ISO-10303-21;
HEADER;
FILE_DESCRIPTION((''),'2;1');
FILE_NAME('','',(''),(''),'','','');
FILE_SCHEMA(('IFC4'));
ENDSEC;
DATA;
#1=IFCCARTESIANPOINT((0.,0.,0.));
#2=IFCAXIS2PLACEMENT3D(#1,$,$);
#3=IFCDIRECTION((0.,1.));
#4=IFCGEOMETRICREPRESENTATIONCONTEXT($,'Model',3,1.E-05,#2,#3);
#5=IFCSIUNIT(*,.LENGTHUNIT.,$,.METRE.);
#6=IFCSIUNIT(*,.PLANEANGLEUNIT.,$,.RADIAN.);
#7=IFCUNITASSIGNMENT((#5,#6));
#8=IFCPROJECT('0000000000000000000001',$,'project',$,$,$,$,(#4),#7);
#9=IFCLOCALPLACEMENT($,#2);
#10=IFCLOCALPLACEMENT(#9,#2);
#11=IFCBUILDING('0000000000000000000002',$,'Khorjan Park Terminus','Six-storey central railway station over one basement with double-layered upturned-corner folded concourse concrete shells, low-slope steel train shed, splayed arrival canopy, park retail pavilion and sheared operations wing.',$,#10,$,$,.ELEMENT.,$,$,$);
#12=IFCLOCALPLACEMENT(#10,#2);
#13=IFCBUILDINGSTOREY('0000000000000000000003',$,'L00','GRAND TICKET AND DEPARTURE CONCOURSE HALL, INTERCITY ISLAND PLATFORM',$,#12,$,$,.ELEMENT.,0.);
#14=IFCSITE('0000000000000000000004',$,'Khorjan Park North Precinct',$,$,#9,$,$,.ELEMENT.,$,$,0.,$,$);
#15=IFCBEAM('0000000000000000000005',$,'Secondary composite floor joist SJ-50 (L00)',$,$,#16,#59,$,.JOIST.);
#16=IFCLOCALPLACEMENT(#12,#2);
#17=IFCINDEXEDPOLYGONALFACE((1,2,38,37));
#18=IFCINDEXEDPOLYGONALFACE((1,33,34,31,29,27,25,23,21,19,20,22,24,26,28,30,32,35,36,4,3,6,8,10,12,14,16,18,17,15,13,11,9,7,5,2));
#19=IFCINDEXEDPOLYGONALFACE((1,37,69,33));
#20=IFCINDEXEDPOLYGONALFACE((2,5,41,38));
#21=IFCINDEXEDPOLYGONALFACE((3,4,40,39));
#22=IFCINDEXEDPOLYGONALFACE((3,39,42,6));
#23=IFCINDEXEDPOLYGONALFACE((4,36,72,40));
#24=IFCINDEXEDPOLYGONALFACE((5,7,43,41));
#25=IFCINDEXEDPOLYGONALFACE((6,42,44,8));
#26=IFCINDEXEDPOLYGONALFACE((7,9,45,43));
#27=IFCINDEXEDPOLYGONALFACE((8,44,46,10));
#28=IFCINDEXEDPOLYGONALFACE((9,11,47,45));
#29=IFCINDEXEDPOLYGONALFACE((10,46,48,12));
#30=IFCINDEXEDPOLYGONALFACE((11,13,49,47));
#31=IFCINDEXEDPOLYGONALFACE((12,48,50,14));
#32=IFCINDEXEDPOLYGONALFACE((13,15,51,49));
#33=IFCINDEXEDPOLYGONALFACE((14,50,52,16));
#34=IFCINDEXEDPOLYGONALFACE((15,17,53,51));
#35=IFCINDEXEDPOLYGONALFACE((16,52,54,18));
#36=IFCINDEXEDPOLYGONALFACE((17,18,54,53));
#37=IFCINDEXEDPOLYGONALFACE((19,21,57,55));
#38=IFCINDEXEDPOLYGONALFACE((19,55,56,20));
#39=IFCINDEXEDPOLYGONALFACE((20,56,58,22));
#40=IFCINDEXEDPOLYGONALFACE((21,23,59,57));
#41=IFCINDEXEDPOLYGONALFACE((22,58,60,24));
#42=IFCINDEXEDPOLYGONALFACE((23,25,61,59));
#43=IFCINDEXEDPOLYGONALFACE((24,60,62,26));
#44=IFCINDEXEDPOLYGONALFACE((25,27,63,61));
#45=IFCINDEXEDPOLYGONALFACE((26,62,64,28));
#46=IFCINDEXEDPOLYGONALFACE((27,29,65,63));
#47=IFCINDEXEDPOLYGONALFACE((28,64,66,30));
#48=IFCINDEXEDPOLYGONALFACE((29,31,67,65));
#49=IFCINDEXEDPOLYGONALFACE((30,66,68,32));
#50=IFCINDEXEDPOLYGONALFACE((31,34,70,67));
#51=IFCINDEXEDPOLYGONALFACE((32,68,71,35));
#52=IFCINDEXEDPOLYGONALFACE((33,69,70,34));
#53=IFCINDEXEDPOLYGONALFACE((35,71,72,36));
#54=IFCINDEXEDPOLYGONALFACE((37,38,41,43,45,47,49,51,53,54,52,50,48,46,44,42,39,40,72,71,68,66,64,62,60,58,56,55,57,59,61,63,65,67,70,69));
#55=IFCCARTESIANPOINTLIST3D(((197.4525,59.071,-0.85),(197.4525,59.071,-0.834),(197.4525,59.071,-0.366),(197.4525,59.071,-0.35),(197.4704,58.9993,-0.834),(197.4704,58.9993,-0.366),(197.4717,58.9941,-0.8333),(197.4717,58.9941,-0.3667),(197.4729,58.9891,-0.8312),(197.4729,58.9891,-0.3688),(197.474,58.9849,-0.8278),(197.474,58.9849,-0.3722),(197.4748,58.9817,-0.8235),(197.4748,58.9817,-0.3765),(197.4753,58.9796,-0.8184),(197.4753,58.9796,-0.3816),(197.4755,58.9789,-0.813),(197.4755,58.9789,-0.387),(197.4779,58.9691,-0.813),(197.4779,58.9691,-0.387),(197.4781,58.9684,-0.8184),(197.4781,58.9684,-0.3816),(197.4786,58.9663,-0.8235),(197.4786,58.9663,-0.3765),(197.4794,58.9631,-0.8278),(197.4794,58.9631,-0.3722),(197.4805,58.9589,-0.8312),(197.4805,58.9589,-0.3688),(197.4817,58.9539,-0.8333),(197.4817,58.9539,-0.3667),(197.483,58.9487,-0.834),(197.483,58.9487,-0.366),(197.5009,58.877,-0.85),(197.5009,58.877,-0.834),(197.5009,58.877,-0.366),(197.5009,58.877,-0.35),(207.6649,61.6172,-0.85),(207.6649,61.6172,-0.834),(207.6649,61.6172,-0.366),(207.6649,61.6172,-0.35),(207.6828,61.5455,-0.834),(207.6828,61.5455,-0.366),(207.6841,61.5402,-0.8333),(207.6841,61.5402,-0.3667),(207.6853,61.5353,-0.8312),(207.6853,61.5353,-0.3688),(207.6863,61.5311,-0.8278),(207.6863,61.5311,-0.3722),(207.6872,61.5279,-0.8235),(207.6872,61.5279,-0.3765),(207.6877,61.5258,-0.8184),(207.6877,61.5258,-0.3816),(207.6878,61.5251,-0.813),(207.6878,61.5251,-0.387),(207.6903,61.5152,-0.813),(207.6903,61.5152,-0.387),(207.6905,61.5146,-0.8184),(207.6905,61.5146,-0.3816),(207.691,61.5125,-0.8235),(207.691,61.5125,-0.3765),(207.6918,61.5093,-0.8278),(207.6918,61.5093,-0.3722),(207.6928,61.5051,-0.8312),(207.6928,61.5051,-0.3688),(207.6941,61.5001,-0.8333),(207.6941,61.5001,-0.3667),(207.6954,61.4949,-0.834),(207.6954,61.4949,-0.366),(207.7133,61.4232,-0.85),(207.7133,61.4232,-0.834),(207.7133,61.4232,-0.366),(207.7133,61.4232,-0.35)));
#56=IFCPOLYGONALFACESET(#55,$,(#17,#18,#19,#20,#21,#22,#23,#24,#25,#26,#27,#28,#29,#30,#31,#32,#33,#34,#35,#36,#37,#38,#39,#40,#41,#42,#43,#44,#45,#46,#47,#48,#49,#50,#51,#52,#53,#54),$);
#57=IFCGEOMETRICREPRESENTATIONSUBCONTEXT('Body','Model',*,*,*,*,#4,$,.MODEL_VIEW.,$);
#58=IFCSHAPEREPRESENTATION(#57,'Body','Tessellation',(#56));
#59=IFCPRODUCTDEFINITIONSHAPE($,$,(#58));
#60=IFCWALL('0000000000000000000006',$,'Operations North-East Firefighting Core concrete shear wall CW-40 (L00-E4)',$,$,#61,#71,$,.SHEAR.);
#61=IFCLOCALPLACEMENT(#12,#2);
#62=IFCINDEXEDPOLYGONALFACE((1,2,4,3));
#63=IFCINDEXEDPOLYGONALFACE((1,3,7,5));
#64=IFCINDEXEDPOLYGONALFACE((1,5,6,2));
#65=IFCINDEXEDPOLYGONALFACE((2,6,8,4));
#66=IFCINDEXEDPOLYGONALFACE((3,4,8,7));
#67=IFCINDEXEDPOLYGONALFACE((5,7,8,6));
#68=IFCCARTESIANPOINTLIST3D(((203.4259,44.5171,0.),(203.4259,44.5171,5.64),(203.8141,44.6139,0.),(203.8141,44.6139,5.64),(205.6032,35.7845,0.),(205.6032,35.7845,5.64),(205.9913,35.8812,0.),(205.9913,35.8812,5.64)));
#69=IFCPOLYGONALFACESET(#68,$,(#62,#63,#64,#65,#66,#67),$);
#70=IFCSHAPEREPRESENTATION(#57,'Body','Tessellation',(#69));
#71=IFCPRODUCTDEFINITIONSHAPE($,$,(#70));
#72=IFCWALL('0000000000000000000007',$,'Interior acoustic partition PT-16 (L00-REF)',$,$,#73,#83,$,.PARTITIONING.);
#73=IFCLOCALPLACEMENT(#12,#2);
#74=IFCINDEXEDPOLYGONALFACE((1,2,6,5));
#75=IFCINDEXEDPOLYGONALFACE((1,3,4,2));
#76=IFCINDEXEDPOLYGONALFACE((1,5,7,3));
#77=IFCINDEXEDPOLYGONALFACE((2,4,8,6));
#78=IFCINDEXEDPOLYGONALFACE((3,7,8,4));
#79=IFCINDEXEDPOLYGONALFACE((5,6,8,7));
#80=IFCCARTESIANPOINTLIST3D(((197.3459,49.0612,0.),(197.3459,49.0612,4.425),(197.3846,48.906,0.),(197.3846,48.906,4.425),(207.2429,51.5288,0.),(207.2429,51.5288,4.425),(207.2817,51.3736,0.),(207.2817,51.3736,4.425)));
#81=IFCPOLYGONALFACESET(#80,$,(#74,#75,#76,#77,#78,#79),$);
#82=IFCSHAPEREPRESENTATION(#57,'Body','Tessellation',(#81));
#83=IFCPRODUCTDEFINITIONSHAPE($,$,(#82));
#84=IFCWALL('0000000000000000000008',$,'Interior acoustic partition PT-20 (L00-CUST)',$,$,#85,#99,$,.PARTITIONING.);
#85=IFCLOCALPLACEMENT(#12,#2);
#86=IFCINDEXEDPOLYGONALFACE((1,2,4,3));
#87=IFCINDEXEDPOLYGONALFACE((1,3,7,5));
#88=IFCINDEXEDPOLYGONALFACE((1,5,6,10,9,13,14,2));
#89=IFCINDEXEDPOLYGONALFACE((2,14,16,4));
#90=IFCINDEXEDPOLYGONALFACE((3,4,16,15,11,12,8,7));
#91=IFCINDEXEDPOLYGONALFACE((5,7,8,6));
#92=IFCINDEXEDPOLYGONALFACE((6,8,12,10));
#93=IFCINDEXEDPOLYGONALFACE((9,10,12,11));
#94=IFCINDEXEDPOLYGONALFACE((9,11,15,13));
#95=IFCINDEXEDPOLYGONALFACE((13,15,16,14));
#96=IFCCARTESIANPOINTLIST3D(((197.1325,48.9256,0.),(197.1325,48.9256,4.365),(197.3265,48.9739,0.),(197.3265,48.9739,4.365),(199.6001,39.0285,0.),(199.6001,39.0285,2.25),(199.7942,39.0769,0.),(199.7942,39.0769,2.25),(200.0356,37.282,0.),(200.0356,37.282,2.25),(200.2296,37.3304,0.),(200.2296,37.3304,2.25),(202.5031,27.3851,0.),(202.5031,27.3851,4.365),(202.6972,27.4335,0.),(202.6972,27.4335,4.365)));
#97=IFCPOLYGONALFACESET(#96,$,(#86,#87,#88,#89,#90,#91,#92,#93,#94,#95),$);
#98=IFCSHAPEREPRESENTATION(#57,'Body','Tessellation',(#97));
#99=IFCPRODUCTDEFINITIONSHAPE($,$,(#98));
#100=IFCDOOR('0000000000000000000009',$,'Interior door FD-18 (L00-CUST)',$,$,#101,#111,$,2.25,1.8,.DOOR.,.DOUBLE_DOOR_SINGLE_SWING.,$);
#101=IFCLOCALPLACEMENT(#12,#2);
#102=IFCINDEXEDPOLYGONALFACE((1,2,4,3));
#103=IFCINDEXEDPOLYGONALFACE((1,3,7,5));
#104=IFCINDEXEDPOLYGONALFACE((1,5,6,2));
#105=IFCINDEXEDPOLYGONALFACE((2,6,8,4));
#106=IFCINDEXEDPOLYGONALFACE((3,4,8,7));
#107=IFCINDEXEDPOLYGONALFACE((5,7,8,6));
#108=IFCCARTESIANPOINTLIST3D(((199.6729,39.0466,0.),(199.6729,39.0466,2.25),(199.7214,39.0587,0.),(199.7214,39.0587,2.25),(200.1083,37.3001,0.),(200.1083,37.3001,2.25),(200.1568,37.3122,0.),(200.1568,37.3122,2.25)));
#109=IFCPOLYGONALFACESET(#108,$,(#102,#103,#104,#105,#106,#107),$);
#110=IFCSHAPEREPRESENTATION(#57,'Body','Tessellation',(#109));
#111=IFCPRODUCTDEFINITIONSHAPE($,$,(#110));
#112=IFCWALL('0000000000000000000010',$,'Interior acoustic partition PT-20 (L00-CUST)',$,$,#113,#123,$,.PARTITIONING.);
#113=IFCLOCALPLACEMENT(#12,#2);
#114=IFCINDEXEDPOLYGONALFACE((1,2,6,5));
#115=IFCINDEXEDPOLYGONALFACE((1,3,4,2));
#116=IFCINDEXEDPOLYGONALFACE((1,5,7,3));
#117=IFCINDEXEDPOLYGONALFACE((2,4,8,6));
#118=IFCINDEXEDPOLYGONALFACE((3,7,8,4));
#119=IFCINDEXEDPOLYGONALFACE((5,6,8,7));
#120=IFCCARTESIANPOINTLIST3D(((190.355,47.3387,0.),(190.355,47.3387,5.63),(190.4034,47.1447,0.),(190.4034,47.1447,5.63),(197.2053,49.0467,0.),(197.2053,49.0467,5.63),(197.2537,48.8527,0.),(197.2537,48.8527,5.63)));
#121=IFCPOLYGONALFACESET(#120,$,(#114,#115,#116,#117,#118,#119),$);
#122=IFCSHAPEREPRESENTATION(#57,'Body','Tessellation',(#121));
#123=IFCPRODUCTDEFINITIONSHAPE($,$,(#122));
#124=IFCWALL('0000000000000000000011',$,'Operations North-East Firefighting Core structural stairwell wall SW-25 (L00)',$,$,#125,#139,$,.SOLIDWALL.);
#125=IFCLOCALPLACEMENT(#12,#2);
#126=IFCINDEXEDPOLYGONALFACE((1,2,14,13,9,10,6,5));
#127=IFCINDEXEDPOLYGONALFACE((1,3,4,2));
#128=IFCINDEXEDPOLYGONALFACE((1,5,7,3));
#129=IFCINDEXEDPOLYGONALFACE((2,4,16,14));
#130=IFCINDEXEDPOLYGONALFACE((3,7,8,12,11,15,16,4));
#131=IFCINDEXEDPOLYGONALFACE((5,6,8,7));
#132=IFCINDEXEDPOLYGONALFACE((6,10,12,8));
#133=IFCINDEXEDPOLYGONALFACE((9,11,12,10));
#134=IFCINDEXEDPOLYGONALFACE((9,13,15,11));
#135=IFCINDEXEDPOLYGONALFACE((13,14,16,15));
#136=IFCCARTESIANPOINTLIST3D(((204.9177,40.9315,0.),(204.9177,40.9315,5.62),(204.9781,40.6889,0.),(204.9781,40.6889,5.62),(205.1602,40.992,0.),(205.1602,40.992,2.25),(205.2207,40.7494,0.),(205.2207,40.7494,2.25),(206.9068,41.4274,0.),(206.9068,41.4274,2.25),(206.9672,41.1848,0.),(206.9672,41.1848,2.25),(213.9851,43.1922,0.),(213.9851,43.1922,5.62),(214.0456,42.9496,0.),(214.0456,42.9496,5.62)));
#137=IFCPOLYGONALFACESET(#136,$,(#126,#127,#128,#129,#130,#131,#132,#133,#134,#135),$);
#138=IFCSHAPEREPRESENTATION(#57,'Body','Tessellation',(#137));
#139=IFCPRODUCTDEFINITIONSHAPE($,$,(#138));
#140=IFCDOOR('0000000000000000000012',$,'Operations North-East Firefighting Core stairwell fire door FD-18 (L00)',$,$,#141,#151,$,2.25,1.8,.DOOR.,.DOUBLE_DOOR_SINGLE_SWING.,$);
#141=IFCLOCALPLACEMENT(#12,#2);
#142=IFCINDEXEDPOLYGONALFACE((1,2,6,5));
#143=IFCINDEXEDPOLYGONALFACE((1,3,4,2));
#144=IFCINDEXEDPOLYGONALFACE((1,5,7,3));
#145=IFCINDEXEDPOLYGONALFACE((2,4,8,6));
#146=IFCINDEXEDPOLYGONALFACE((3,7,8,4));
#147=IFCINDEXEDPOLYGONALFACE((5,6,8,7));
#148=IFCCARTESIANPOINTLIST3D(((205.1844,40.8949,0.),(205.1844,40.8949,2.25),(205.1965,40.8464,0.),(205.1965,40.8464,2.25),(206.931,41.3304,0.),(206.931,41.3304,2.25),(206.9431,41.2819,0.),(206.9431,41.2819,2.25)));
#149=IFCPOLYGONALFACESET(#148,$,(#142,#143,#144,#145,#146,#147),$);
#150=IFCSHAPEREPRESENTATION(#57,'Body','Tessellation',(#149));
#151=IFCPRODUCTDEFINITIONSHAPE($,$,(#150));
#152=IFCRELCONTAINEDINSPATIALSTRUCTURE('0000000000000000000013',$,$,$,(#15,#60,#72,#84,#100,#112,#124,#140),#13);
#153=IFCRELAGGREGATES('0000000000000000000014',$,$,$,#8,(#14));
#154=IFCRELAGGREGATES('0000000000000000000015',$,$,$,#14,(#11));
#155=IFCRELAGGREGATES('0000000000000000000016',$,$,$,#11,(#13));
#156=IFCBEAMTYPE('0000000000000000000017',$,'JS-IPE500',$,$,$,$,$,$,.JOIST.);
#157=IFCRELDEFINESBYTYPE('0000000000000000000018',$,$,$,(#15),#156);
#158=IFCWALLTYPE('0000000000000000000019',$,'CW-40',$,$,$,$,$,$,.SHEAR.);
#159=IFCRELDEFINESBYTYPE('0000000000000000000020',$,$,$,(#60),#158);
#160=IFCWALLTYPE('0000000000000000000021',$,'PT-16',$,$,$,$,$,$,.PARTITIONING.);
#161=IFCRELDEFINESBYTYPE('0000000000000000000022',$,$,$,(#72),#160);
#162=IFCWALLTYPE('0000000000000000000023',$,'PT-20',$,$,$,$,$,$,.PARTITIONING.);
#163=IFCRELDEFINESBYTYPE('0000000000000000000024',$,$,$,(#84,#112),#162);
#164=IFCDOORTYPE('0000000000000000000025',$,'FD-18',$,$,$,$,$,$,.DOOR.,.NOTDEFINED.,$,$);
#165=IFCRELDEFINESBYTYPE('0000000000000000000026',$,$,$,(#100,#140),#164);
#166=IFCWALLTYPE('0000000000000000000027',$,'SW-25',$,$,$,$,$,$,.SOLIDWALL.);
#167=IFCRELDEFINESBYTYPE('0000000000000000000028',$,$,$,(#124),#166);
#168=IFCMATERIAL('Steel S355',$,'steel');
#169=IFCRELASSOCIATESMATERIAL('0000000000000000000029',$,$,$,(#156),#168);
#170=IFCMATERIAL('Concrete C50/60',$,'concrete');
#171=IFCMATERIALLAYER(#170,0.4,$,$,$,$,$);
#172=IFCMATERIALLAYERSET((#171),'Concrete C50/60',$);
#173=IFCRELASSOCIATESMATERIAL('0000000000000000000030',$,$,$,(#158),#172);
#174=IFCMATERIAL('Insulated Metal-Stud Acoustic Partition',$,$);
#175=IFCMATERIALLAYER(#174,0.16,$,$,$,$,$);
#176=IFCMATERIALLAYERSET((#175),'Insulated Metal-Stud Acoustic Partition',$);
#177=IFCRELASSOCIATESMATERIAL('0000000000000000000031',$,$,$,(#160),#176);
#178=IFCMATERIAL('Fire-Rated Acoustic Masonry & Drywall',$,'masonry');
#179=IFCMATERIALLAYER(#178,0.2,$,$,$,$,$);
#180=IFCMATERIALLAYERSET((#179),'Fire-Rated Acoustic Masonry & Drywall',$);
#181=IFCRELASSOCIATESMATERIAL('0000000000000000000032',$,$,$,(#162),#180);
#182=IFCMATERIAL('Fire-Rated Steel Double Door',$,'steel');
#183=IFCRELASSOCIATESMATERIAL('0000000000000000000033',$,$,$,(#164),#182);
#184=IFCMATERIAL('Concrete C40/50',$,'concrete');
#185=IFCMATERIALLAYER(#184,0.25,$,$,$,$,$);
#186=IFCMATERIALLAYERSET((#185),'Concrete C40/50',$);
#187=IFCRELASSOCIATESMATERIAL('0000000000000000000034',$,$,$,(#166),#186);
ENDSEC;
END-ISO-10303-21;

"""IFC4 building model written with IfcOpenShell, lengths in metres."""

from ifc_helpers import new_model, si_unit, direction, frame, frame_2d, origin, origin_2d, place, context, subcontext, project, spatial, rectangle, i_section, extrude, material, layer, layer_set, material_profile, profile_set, type_object, element, fill, save


model = new_model("IFC4")

# Units and contexts
model_context = context("Model", 3, precision=1e-05, world=origin(), true_north=direction((0.0, 1.0)))
body_context = subcontext(model_context, "Body", "Model", "MODEL_VIEW")
ifc_project = project(units=[si_unit("LENGTHUNIT", "METRE"), si_unit("PLANEANGLEUNIT", "RADIAN")], contexts=[model_context])

# Site, building, storey
site_placement = place(None, origin())
site = spatial("IfcSite", under=ifc_project, at=site_placement, Name="Khorjan Park North Precinct", CompositionType="ELEMENT", RefElevation=0.0)
building_placement = place(site_placement, origin())
building = spatial("IfcBuilding", under=site, at=building_placement, Name="Khorjan Park Terminus", Description="Six-storey central railway station over one basement with double-layered upturned-corner folded concourse concrete shells, low-slope steel train shed, splayed arrival canopy, park retail pavilion and sheared operations wing.", CompositionType="ELEMENT")
storey_placement = place(building_placement, origin())
storey = spatial("IfcBuildingStorey", under=building, at=storey_placement, Name="L00", Description="GRAND TICKET AND DEPARTURE CONCOURSE HALL, INTERCITY ISLAND PLATFORM", CompositionType="ELEMENT", Elevation=0.0)

# Shared definitions
ifc_material_1 = material(Name="Concrete C50/60", Category="concrete")

# Beam
ifc_material_2 = material(Name="Steel S355", Category="steel")
ifc_material_3 = material(Name="Concrete C40/50", Category="concrete")
ifc_material_profile_1 = material_profile(ifc_material_2, i_section(OverallWidth=0.2, OverallDepth=0.5, WebThickness=0.0102, FlangeThickness=0.016, FilletRadius=0.021, at=origin_2d()), Name="IPE 500")
ifc_profile_set_1 = profile_set([ifc_material_profile_1], Name="Steel S355")
beam_type_1 = type_object("IfcBeamType", Name="JS-IPE500", PredefinedType="JOIST", material=ifc_profile_set_1)
beam_1_placement = place(storey_placement, frame((197.4767, 58.974, -0.6), z_axis=(0.970297, 0.241919, 0.0), x_axis=(-0.241919, 0.970297, 0.0)))
element("IfcBeam", 1, at=beam_1_placement, inside=storey, type_object=beam_type_1, Name="Secondary composite floor joist SJ-50 (L00)", PredefinedType="JOIST", context=body_context, shape_type="SweptSolid", body=[
    extrude(i_section(OverallWidth=0.2, OverallDepth=0.5, WebThickness=0.0102, FlangeThickness=0.016, FilletRadius=0.021, at=origin_2d()), origin(), (0.0, 0.0, 1.0), 10.525),
])

# Walls
ifc_layer_1 = layer(ifc_material_1, 0.4)
ifc_layer_set_1 = layer_set([ifc_layer_1], Name="Concrete C50/60")
wall_type_1 = type_object("IfcWallType", Name="CW-40", PredefinedType="SHEAR", material=ifc_layer_set_1)
wall_1_placement = place(storey_placement, frame((203.62, 44.5655, 0.0), z_axis=(0.0, 0.0, 1.0), x_axis=(0.241921, -0.970296, 0.0)))
element("IfcWall", 2, at=wall_1_placement, inside=storey, type_object=wall_type_1, Name="Operations North-East Firefighting Core concrete shear wall CW-40 (L00-E4)", PredefinedType="SHEAR", context=body_context, shape_type="SweptSolid", body=[
    extrude(rectangle(XDim=9.0, YDim=0.4, at=frame_2d((4.5, 0.0))), origin(), (0.0, 0.0, 1.0), 5.64),
])
ifc_material_4 = material(Name="Insulated Metal-Stud Acoustic Partition")
ifc_layer_2 = layer(ifc_material_4, 0.16)
ifc_layer_set_2 = layer_set([ifc_layer_2], Name="Insulated Metal-Stud Acoustic Partition")
wall_type_2 = type_object("IfcWallType", Name="PT-16", PredefinedType="PARTITIONING", material=ifc_layer_set_2)
wall_2_placement = place(storey_placement, frame((207.2623, 51.4512, 0.0), z_axis=(0.0, 0.0, 1.0), x_axis=(-0.970296, -0.241922, 0.0)))
element("IfcWall", 3, at=wall_2_placement, inside=storey, type_object=wall_type_2, Name="Interior acoustic partition PT-16 (L00-REF)", PredefinedType="PARTITIONING", context=body_context, shape_type="SweptSolid", body=[
    extrude(rectangle(XDim=10.2, YDim=0.16, at=frame_2d((5.1, 0.0))), origin(), (0.0, 0.0, 1.0), 4.425),
])

# Wall, opening, door
ifc_material_5 = material(Name="Fire-Rated Acoustic Masonry & Drywall", Category="masonry")
ifc_layer_3 = layer(ifc_material_5, 0.2)
ifc_layer_set_3 = layer_set([ifc_layer_3], Name="Fire-Rated Acoustic Masonry & Drywall")
wall_type_3 = type_object("IfcWallType", Name="PT-20", PredefinedType="PARTITIONING", material=ifc_layer_set_3)
wall_3_placement = place(storey_placement, frame((197.2295, 48.9497, 0.0), z_axis=(0.0, 0.0, 1.0), x_axis=(0.241924, -0.970295, 0.0)))
wall_3 = element("IfcWall", 4, at=wall_3_placement, inside=storey, type_object=wall_type_3, Name="Interior acoustic partition PT-20 (L00-CUST)", PredefinedType="PARTITIONING", context=body_context, shape_type="SweptSolid", body=[
    extrude(rectangle(XDim=22.1999, YDim=0.2, at=frame_2d((11.0999, 0.0))), origin(), (0.0, 0.0, 1.0), 4.365),
])
opening_1_placement = place(wall_3_placement, frame((10.2, 0.0, 0.0)))
opening_1 = element("IfcOpeningElement", 5, at=opening_1_placement, cuts=wall_3, PredefinedType="OPENING", context=body_context, shape_type="SweptSolid", body=[
    extrude(rectangle(XDim=1.8, YDim=2.25, at=frame_2d((0.9, 1.125))), frame((0.0, 0.11, 0.0), z_axis=(0.0, -1.0, 0.0), x_axis=(1.0, 0.0, 0.0)), (0.0, 0.0, 1.0), 0.22),
])
ifc_material_6 = material(Name="Fire-Rated Steel Double Door", Category="steel")
door_type = type_object("IfcDoorType", Name="FD-18", OperationType="NOTDEFINED", PredefinedType="DOOR", material=ifc_material_6)
door_1_placement = place(opening_1_placement, origin())
door_1 = element("IfcDoor", 6, at=door_1_placement, inside=storey, type_object=door_type, Name="Interior door FD-18 (L00-CUST)", OperationType="DOUBLE_DOOR_SINGLE_SWING", OverallHeight=2.25, OverallWidth=1.8, PredefinedType="DOOR", context=body_context, shape_type="SweptSolid", body=[
    extrude(rectangle(XDim=1.8, YDim=2.25, at=frame_2d((0.9, 1.125))), frame((0.0, 0.025, 0.0), z_axis=(0.0, -1.0, 0.0), x_axis=(1.0, 0.0, 0.0)), (0.0, 0.0, 1.0), 0.05),
])
fill(opening_1, door_1)

# Wall
wall_4_placement = place(storey_placement, frame((190.3792, 47.2417, 0.0), z_axis=(0.0, 0.0, 1.0), x_axis=(0.970295, 0.241926, 0.0)))
element("IfcWall", 7, at=wall_4_placement, inside=storey, type_object=wall_type_3, Name="Interior acoustic partition PT-20 (L00-CUST)", PredefinedType="PARTITIONING", context=body_context, shape_type="SweptSolid", body=[
    extrude(rectangle(XDim=7.06, YDim=0.2, at=frame_2d((3.53, 0.0))), origin(), (0.0, 0.0, 1.0), 5.63),
])

# Wall, opening, door
ifc_layer_4 = layer(ifc_material_3, 0.25)
ifc_layer_set_4 = layer_set([ifc_layer_4], Name="Concrete C40/50")
wall_type_4 = type_object("IfcWallType", Name="SW-25", PredefinedType="SOLIDWALL", material=ifc_layer_set_4)
wall_5_placement = place(storey_placement, frame((204.9479, 40.8102, 0.0), z_axis=(0.0, 0.0, 1.0), x_axis=(0.970297, 0.241916, 0.0)))
wall_5 = element("IfcWall", 8, at=wall_5_placement, inside=storey, type_object=wall_type_4, Name="Operations North-East Firefighting Core structural stairwell wall SW-25 (L00)", PredefinedType="SOLIDWALL", context=body_context, shape_type="SweptSolid", body=[
    extrude(rectangle(XDim=9.345, YDim=0.25, at=frame_2d((4.6725, 0.0))), origin(), (0.0, 0.0, 1.0), 5.62),
])
opening_2_placement = place(wall_5_placement, frame((0.25, 0.0, 0.0)))
opening_2 = element("IfcOpeningElement", 9, at=opening_2_placement, cuts=wall_5, PredefinedType="OPENING", context=body_context, shape_type="SweptSolid", body=[
    extrude(rectangle(XDim=1.8, YDim=2.25, at=frame_2d((0.9, 1.125))), frame((0.0, 0.135, 0.0), z_axis=(0.0, -1.0, 0.0), x_axis=(1.0, 0.0, 0.0)), (0.0, 0.0, 1.0), 0.27),
])
door_2_placement = place(opening_2_placement, origin())
door_2 = element("IfcDoor", 10, at=door_2_placement, inside=storey, type_object=door_type, Name="Operations North-East Firefighting Core stairwell fire door FD-18 (L00)", OperationType="DOUBLE_DOOR_SINGLE_SWING", OverallHeight=2.25, OverallWidth=1.8, PredefinedType="DOOR", context=body_context, shape_type="SweptSolid", body=[
    extrude(rectangle(XDim=1.8, YDim=2.25, at=frame_2d((0.9, 1.125))), frame((0.0, 0.025, 0.0), z_axis=(0.0, -1.0, 0.0), x_axis=(1.0, 0.0, 0.0)), (0.0, 0.0, 1.0), 0.05),
])
fill(opening_2, door_2)

save(model, "model.ifc")
